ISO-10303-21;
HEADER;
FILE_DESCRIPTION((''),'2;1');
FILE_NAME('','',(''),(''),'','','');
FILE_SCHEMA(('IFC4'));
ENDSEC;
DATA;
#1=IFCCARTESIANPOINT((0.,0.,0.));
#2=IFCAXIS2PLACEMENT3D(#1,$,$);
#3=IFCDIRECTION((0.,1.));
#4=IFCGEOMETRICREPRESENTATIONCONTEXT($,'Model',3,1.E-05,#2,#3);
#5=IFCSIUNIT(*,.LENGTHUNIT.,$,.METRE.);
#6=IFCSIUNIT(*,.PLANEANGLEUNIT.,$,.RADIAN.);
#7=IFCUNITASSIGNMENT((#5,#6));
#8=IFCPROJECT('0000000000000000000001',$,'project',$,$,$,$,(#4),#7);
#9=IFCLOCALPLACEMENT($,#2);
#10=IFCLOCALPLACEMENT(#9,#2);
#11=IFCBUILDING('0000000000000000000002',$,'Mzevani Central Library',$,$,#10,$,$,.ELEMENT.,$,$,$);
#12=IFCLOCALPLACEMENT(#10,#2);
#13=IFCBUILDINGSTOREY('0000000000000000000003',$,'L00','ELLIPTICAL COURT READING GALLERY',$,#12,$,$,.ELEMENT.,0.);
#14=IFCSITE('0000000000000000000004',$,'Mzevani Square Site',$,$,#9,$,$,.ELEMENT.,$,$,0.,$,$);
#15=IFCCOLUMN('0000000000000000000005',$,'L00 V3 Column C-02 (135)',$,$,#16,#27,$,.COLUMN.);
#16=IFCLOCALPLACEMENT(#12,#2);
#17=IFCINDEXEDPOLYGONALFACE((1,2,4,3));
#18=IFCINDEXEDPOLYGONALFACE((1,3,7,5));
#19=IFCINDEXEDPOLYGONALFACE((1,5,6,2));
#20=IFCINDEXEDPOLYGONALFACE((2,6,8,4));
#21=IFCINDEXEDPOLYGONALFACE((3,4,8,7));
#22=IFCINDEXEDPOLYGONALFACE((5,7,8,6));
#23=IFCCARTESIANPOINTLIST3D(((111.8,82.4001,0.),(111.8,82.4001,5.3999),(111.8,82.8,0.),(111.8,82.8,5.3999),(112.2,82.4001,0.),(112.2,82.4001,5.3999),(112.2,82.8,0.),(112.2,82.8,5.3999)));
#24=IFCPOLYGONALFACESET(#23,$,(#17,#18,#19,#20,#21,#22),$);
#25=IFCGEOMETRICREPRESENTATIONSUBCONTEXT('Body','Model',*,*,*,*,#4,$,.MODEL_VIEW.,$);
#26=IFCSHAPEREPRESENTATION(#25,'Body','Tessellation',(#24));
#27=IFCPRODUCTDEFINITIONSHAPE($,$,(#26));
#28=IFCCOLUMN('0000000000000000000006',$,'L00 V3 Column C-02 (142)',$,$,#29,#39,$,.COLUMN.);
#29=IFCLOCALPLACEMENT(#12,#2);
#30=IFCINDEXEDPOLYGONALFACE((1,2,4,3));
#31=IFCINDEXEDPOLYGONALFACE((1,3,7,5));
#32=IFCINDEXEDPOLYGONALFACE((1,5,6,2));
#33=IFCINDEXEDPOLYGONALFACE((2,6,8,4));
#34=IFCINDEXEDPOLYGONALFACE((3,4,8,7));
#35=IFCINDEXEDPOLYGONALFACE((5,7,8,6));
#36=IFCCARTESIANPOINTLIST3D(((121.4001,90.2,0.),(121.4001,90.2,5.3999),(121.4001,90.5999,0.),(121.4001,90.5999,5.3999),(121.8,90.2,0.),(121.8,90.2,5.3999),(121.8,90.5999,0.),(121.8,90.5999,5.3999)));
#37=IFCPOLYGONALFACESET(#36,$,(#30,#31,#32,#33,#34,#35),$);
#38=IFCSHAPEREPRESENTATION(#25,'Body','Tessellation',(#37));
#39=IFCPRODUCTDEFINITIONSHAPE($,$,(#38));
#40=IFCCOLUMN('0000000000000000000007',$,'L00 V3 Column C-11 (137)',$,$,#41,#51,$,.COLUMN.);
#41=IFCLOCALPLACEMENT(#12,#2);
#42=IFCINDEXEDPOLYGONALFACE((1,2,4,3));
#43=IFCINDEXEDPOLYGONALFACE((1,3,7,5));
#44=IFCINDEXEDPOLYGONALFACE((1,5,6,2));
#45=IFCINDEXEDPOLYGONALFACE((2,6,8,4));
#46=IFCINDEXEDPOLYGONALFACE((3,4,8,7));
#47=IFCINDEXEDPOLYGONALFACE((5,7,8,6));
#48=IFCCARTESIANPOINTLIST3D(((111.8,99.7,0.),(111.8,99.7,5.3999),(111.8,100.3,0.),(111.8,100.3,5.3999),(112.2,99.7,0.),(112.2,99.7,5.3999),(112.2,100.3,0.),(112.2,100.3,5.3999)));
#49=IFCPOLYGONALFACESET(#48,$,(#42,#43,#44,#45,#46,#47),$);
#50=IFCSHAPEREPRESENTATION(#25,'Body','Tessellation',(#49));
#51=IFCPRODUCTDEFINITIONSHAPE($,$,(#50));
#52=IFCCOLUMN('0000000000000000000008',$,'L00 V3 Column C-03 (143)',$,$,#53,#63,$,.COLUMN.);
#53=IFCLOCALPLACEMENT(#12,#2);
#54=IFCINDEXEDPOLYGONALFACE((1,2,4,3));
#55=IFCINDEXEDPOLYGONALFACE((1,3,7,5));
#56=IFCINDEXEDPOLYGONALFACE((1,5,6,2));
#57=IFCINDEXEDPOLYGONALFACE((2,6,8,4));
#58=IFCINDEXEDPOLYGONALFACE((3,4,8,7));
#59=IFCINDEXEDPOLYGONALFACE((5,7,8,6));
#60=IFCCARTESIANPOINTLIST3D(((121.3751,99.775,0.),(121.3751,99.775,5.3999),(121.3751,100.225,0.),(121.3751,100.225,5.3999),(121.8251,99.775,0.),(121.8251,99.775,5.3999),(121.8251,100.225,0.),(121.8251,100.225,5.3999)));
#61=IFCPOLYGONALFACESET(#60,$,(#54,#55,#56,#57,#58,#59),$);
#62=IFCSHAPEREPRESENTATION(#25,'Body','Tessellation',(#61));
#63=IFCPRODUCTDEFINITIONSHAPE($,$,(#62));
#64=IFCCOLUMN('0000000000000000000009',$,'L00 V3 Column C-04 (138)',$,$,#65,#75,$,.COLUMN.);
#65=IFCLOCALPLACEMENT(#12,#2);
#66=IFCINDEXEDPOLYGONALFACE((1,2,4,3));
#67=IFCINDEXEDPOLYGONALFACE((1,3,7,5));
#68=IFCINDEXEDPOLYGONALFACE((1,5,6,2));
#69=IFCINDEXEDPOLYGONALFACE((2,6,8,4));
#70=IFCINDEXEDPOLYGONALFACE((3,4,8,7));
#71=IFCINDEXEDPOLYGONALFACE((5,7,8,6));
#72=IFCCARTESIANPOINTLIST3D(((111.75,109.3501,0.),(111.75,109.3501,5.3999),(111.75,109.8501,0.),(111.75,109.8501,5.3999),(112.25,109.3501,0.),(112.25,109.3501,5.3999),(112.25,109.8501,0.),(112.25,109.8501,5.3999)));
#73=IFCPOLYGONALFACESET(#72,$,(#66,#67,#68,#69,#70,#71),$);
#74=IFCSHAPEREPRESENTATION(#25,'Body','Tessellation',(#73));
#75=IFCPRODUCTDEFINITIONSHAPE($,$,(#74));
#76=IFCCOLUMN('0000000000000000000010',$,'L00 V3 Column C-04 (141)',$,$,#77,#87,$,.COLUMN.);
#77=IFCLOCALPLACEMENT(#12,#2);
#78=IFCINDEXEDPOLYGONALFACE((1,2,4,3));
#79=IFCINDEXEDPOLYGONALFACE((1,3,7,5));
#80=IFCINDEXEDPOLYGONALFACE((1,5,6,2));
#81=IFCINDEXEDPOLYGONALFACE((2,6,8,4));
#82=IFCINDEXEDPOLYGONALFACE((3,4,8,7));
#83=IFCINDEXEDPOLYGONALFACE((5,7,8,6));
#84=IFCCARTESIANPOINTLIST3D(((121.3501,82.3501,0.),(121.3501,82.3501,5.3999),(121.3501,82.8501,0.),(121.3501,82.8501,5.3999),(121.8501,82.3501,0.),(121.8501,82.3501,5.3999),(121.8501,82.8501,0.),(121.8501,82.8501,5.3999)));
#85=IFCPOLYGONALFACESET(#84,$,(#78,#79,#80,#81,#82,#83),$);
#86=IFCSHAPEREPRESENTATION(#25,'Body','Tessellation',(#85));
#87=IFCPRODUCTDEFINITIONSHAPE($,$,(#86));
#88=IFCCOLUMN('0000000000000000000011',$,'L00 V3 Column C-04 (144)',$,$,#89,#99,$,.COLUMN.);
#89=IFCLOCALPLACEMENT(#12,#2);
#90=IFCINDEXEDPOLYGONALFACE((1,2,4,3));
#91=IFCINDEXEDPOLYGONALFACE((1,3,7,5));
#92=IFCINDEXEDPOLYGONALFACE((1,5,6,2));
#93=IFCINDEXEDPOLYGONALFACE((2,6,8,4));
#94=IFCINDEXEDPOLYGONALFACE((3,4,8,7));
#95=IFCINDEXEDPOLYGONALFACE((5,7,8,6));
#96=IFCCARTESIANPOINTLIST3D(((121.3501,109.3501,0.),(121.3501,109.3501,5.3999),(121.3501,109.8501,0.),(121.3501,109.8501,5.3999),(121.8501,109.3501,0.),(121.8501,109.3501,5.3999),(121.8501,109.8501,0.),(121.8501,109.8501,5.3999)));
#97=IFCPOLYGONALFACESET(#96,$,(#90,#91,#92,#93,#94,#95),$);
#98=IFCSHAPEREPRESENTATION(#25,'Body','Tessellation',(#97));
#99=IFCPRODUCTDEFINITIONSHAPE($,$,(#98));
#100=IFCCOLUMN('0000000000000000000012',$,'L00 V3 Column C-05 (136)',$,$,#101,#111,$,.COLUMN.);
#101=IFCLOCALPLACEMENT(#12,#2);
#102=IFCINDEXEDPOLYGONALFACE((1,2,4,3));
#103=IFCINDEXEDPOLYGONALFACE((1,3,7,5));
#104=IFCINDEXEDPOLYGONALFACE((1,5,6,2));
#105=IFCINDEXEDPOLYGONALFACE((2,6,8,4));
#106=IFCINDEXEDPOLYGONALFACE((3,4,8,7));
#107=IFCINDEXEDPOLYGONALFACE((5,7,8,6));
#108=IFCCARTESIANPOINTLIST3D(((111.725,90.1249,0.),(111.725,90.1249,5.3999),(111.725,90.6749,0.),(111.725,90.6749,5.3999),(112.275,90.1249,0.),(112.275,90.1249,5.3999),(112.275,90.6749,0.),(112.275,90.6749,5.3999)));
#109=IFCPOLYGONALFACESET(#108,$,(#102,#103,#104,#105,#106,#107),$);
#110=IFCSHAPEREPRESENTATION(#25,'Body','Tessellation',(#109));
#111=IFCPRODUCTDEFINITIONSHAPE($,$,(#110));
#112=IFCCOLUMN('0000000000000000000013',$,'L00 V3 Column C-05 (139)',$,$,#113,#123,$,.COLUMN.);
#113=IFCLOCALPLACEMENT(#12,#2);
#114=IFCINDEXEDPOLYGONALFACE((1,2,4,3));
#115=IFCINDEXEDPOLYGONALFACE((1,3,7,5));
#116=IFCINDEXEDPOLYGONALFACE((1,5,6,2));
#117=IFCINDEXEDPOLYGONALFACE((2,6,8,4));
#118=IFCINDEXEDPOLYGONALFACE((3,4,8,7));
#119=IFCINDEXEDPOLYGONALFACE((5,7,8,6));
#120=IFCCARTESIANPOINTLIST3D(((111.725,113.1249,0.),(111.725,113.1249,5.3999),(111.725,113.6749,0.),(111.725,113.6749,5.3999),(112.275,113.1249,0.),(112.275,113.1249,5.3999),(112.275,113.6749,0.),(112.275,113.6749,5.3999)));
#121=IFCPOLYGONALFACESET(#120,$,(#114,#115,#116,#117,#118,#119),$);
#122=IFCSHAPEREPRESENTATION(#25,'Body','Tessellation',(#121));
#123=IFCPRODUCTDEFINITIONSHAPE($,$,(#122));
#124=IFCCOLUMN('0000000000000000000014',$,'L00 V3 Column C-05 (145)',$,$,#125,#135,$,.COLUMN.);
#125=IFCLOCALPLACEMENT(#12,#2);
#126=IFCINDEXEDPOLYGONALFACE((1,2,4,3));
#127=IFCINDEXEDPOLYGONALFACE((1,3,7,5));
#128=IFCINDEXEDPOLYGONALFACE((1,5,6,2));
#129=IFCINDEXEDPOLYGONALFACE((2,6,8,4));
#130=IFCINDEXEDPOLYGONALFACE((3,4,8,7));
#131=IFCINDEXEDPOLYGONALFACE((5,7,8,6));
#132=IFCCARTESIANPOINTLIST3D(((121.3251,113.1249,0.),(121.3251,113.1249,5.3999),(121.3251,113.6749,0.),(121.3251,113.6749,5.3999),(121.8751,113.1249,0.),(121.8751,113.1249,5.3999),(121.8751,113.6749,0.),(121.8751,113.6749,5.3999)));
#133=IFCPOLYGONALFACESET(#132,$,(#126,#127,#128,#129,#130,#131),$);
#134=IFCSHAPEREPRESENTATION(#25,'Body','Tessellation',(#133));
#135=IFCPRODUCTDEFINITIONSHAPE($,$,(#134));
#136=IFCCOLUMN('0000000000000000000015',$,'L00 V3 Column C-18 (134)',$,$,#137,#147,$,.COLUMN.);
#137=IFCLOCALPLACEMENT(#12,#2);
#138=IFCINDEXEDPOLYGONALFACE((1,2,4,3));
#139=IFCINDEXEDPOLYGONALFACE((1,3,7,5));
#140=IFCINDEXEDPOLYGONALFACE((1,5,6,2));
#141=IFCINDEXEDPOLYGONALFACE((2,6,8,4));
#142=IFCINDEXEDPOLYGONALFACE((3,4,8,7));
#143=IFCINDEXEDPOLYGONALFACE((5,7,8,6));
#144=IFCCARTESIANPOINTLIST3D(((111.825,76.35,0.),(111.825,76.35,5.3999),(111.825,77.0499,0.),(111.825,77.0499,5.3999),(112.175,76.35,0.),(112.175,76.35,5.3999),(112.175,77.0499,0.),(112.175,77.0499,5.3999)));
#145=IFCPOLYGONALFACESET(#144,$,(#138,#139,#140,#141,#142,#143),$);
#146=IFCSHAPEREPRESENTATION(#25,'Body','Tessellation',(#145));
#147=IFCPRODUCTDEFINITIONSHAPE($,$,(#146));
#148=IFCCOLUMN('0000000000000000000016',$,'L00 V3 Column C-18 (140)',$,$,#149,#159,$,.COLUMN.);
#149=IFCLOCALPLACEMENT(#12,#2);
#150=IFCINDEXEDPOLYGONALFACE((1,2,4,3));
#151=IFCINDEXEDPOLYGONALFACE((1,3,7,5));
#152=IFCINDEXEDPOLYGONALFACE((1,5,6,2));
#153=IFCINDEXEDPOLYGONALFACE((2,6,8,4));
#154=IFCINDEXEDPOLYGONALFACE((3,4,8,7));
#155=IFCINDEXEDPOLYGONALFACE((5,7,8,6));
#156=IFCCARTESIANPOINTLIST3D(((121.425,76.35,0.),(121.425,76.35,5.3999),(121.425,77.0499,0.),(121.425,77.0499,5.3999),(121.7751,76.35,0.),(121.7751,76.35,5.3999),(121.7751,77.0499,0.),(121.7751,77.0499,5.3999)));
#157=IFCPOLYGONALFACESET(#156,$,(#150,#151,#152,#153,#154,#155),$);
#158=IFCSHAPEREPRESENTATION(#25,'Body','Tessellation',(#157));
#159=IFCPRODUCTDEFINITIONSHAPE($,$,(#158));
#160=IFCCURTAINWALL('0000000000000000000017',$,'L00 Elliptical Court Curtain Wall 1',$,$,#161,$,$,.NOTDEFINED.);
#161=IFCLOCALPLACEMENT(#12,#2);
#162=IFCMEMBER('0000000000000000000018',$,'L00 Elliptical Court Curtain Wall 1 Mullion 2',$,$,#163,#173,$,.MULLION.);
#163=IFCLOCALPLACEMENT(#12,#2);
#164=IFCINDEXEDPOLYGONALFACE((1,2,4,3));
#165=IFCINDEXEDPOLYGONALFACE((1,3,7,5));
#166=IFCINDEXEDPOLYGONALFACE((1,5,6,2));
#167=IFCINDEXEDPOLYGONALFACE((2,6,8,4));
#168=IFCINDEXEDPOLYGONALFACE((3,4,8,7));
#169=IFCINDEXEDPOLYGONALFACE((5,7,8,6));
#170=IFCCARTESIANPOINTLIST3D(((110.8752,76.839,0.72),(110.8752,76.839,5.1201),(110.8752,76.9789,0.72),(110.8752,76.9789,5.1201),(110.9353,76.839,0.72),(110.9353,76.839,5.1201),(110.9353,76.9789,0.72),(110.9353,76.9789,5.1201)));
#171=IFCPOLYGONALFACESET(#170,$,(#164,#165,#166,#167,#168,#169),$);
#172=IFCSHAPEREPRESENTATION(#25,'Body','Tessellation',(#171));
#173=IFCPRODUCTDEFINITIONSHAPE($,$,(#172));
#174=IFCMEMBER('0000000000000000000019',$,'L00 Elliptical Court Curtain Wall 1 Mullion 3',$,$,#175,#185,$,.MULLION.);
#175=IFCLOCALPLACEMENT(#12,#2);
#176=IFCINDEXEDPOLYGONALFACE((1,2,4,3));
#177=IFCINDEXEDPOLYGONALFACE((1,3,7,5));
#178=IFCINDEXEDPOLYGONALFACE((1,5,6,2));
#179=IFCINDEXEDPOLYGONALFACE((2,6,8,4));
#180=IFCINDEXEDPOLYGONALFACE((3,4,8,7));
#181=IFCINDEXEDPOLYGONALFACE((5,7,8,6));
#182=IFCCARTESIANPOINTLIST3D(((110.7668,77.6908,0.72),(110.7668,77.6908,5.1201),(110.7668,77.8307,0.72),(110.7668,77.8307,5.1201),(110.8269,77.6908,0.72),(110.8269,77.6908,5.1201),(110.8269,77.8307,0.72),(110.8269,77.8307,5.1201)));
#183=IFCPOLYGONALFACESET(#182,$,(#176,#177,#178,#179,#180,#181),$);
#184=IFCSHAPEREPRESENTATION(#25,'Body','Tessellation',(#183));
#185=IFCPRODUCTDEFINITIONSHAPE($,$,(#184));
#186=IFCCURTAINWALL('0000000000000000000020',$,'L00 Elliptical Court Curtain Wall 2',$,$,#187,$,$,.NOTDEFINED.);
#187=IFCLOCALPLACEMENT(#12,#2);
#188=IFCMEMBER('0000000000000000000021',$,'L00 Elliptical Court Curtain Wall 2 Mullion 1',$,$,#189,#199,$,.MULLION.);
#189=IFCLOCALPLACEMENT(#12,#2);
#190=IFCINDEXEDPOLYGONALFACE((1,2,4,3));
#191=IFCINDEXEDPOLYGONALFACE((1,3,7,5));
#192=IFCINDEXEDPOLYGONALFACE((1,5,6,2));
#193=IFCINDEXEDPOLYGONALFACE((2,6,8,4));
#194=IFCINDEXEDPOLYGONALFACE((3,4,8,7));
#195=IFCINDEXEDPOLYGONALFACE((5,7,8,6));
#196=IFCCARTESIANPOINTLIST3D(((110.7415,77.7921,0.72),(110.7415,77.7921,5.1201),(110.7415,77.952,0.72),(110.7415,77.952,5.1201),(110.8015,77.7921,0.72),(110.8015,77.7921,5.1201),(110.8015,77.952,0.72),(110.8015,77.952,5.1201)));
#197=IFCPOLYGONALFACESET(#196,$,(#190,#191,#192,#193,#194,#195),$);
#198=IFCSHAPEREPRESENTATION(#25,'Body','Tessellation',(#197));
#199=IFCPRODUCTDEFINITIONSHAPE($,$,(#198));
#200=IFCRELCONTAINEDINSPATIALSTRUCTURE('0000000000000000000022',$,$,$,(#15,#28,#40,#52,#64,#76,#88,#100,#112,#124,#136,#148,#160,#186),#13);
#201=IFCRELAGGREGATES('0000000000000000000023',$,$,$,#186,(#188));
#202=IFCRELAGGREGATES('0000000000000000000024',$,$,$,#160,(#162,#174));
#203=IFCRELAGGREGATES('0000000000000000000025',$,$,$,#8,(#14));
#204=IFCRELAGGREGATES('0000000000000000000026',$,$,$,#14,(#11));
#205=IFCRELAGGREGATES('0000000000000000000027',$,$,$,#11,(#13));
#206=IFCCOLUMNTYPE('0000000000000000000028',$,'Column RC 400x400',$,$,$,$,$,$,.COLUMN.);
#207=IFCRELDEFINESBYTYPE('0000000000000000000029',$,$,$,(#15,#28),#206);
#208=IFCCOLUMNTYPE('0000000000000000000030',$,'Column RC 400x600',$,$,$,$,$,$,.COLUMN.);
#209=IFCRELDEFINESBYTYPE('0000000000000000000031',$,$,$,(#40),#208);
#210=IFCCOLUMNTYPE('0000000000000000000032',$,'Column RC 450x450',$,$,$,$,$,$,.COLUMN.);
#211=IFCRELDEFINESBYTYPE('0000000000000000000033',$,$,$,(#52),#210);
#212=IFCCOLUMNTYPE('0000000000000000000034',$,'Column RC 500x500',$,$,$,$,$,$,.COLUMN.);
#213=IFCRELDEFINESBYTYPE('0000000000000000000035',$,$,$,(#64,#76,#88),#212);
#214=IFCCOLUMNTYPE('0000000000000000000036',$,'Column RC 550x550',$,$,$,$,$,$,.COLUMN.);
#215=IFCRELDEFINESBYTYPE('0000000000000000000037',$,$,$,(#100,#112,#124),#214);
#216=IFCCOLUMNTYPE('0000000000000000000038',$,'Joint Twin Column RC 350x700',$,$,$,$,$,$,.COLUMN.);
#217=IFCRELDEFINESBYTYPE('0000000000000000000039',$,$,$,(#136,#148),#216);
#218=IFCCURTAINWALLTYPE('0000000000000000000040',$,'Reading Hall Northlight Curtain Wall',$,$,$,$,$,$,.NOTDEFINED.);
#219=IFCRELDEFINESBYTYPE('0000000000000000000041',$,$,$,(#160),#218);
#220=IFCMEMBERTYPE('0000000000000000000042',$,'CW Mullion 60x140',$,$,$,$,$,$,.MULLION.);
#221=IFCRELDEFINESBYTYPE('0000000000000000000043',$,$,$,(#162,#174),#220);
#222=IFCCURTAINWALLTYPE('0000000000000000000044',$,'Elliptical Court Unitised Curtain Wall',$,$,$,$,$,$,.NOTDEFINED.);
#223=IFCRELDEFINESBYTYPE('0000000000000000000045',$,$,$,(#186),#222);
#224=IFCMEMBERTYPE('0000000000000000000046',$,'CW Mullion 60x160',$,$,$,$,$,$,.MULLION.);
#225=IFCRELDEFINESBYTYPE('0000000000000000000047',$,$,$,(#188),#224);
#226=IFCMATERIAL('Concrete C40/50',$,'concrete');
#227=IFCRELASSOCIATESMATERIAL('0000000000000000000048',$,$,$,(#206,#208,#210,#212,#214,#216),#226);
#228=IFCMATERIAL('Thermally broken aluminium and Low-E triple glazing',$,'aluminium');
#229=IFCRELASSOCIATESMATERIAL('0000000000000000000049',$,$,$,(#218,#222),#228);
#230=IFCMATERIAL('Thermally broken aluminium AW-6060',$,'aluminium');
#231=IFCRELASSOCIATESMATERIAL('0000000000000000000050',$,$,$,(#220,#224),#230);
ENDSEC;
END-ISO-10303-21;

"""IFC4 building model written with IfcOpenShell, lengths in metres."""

from ifc_helpers import new_model, si_unit, direction, frame, origin, origin_2d, place, context, subcontext, project, spatial, rectangle, extrude, material, material_profile, profile_set, type_object, element, aggregate, save


model = new_model("IFC4")

# Units and contexts
model_context = context("Model", 3, precision=1e-05, world=origin(), true_north=direction((0.0, 1.0)))
body_context = subcontext(model_context, "Body", "Model", "MODEL_VIEW")
ifc_project = project(units=[si_unit("LENGTHUNIT", "METRE"), si_unit("PLANEANGLEUNIT", "RADIAN")], contexts=[model_context])

# Site, building, storey
site_placement = place(None, origin())
site = spatial("IfcSite", under=ifc_project, at=site_placement, Name="Mzevani Square Site", CompositionType="ELEMENT", RefElevation=0.0)
building_placement = place(site_placement, origin())
building = spatial("IfcBuilding", under=site, at=building_placement, Name="Mzevani Central Library", CompositionType="ELEMENT")
storey_placement = place(building_placement, origin())
storey = spatial("IfcBuildingStorey", under=building, at=storey_placement, Name="L00", Description="ELLIPTICAL COURT READING GALLERY", CompositionType="ELEMENT", Elevation=0.0)

# Columns
ifc_material_1 = material(Name="Concrete C40/50", Category="concrete")
ifc_material_profile_1 = material_profile(ifc_material_1, rectangle(XDim=0.3999, YDim=0.3999, at=origin_2d()), Name="RC 400x400")
ifc_profile_set_1 = profile_set([ifc_material_profile_1], Name="Concrete C40/50")
column_type_1 = type_object("IfcColumnType", Name="Column RC 400x400", PredefinedType="COLUMN", material=ifc_profile_set_1)
for number, where, z_axis, x_axis, name in (
    (1, (112.0, 82.6001, 0.0), (0.0, 0.0, 1.0), (1.0, 0.0, 0.0), "L00 V3 Column C-02 (135)"),
    (2, (121.6001, 90.3999, 0.0), (0.0, 0.0, 1.0), (1.0, 0.0, 0.0), "L00 V3 Column C-02 (142)"),
):
    element("IfcColumn", number, at=place(storey_placement, frame(where, z_axis=z_axis, x_axis=x_axis)), inside=storey, type_object=column_type_1, Name=name, PredefinedType="COLUMN", context=body_context, shape_type="SweptSolid", body=[
        extrude(rectangle(XDim=0.3999, YDim=0.3999, at=origin_2d()), origin(), (0.0, 0.0, 1.0), 5.3999),
    ])
ifc_material_profile_2 = material_profile(ifc_material_1, rectangle(XDim=0.3999, YDim=0.6001, at=origin_2d()), Name="RC 400x600")
ifc_profile_set_2 = profile_set([ifc_material_profile_2], Name="Concrete C40/50")
column_type_2 = type_object("IfcColumnType", Name="Column RC 400x600", PredefinedType="COLUMN", material=ifc_profile_set_2)
column_1_placement = place(storey_placement, frame((112.0, 100.0, 0.0), z_axis=(0.0, 0.0, 1.0), x_axis=(1.0, 0.0, 0.0)))
element("IfcColumn", 3, at=column_1_placement, inside=storey, type_object=column_type_2, Name="L00 V3 Column C-11 (137)", PredefinedType="COLUMN", context=body_context, shape_type="SweptSolid", body=[
    extrude(rectangle(XDim=0.3999, YDim=0.6001, at=origin_2d()), origin(), (0.0, 0.0, 1.0), 5.3999),
])
ifc_material_profile_3 = material_profile(ifc_material_1, rectangle(XDim=0.45, YDim=0.45, at=origin_2d()), Name="RC 450x450")
ifc_profile_set_3 = profile_set([ifc_material_profile_3], Name="Concrete C40/50")
column_type_3 = type_object("IfcColumnType", Name="Column RC 450x450", PredefinedType="COLUMN", material=ifc_profile_set_3)
column_2_placement = place(storey_placement, frame((121.6001, 100.0, 0.0), z_axis=(0.0, 0.0, 1.0), x_axis=(1.0, 0.0, 0.0)))
element("IfcColumn", 4, at=column_2_placement, inside=storey, type_object=column_type_3, Name="L00 V3 Column C-03 (143)", PredefinedType="COLUMN", context=body_context, shape_type="SweptSolid", body=[
    extrude(rectangle(XDim=0.45, YDim=0.45, at=origin_2d()), origin(), (0.0, 0.0, 1.0), 5.3999),
])
ifc_material_profile_4 = material_profile(ifc_material_1, rectangle(XDim=0.5, YDim=0.5, at=origin_2d()), Name="RC 500x500")
ifc_profile_set_4 = profile_set([ifc_material_profile_4], Name="Concrete C40/50")
column_type_4 = type_object("IfcColumnType", Name="Column RC 500x500", PredefinedType="COLUMN", material=ifc_profile_set_4)
for number, where, z_axis, x_axis, name in (
    (5, (112.0, 109.6001, 0.0), (0.0, 0.0, 1.0), (1.0, 0.0, 0.0), "L00 V3 Column C-04 (138)"),
    (6, (121.6001, 82.6001, 0.0), (0.0, 0.0, 1.0), (1.0, 0.0, 0.0), "L00 V3 Column C-04 (141)"),
    (7, (121.6001, 109.6001, 0.0), (0.0, 0.0, 1.0), (1.0, 0.0, 0.0), "L00 V3 Column C-04 (144)"),
):
    element("IfcColumn", number, at=place(storey_placement, frame(where, z_axis=z_axis, x_axis=x_axis)), inside=storey, type_object=column_type_4, Name=name, PredefinedType="COLUMN", context=body_context, shape_type="SweptSolid", body=[
        extrude(rectangle(XDim=0.5, YDim=0.5, at=origin_2d()), origin(), (0.0, 0.0, 1.0), 5.3999),
    ])
ifc_material_profile_5 = material_profile(ifc_material_1, rectangle(XDim=0.55, YDim=0.55, at=origin_2d()), Name="RC 550x550")
ifc_profile_set_5 = profile_set([ifc_material_profile_5], Name="Concrete C40/50")
column_type_5 = type_object("IfcColumnType", Name="Column RC 550x550", PredefinedType="COLUMN", material=ifc_profile_set_5)
for number, where, z_axis, x_axis, name in (
    (8, (112.0, 90.3999, 0.0), (0.0, 0.0, 1.0), (1.0, 0.0, 0.0), "L00 V3 Column C-05 (136)"),
    (9, (112.0, 113.3999, 0.0), (0.0, 0.0, 1.0), (1.0, 0.0, 0.0), "L00 V3 Column C-05 (139)"),
    (10, (121.6001, 113.3999, 0.0), (0.0, 0.0, 1.0), (1.0, 0.0, 0.0), "L00 V3 Column C-05 (145)"),
):
    element("IfcColumn", number, at=place(storey_placement, frame(where, z_axis=z_axis, x_axis=x_axis)), inside=storey, type_object=column_type_5, Name=name, PredefinedType="COLUMN", context=body_context, shape_type="SweptSolid", body=[
        extrude(rectangle(XDim=0.55, YDim=0.55, at=origin_2d()), origin(), (0.0, 0.0, 1.0), 5.3999),
    ])
ifc_material_profile_6 = material_profile(ifc_material_1, rectangle(XDim=0.3501, YDim=0.7, at=origin_2d()), Name="RC 350x700")
ifc_profile_set_6 = profile_set([ifc_material_profile_6], Name="Concrete C40/50")
column_type_6 = type_object("IfcColumnType", Name="Joint Twin Column RC 350x700", PredefinedType="COLUMN", material=ifc_profile_set_6)
for number, where, z_axis, x_axis, name in (
    (11, (112.0, 76.7, 0.0), (0.0, 0.0, 1.0), (1.0, 0.0, 0.0), "L00 V3 Column C-18 (134)"),
    (12, (121.6001, 76.7, 0.0), (0.0, 0.0, 1.0), (1.0, 0.0, 0.0), "L00 V3 Column C-18 (140)"),
):
    element("IfcColumn", number, at=place(storey_placement, frame(where, z_axis=z_axis, x_axis=x_axis)), inside=storey, type_object=column_type_6, Name=name, PredefinedType="COLUMN", context=body_context, shape_type="SweptSolid", body=[
        extrude(rectangle(XDim=0.3501, YDim=0.7, at=origin_2d()), origin(), (0.0, 0.0, 1.0), 5.3999),
    ])

# Curtain wall, members
ifc_material_2 = material(Name="Thermally broken aluminium and Low-E triple glazing", Category="aluminium")
curtain_wall_type_1 = type_object("IfcCurtainWallType", Name="Reading Hall Northlight Curtain Wall", PredefinedType="NOTDEFINED", material=ifc_material_2)
curtain_wall_1_placement = place(storey_placement, origin())
curtain_wall_1 = element("IfcCurtainWall", 13, at=curtain_wall_1_placement, inside=storey, type_object=curtain_wall_type_1, Name="L00 Elliptical Court Curtain Wall 1", PredefinedType="NOTDEFINED")
ifc_material_3 = material(Name="Thermally broken aluminium AW-6060", Category="aluminium")
ifc_material_profile_7 = material_profile(ifc_material_3, rectangle(XDim=0.0601, YDim=0.1399, at=origin_2d()), Name="ALU M60x140")
ifc_profile_set_7 = profile_set([ifc_material_profile_7], Name="Thermally broken aluminium AW-6060")
member_type_1 = type_object("IfcMemberType", Name="CW Mullion 60x140", PredefinedType="MULLION", material=ifc_profile_set_7)
member_1_placement = place(storey_placement, frame((110.9053, 76.9089, 0.72), z_axis=(0.0, 0.0, 1.0), x_axis=(1.0, 0.0, 0.0)))
member_1 = element("IfcMember", 14, at=member_1_placement, type_object=member_type_1, Name="L00 Elliptical Court Curtain Wall 1 Mullion 2", PredefinedType="MULLION", context=body_context, shape_type="SweptSolid", body=[
    extrude(rectangle(XDim=0.0601, YDim=0.1399, at=origin_2d()), origin(), (0.0, 0.0, 1.0), 4.4001),
])
member_2_placement = place(storey_placement, frame((110.7969, 77.7607, 0.72), z_axis=(0.0, 0.0, 1.0), x_axis=(1.0, 0.0, 0.0)))
member_2 = element("IfcMember", 15, at=member_2_placement, type_object=member_type_1, Name="L00 Elliptical Court Curtain Wall 1 Mullion 3", PredefinedType="MULLION", context=body_context, shape_type="SweptSolid", body=[
    extrude(rectangle(XDim=0.0601, YDim=0.1399, at=origin_2d()), origin(), (0.0, 0.0, 1.0), 4.4001),
])

# Curtain wall, member
curtain_wall_type_2 = type_object("IfcCurtainWallType", Name="Elliptical Court Unitised Curtain Wall", PredefinedType="NOTDEFINED", material=ifc_material_2)
curtain_wall_2_placement = place(storey_placement, origin())
curtain_wall_2 = element("IfcCurtainWall", 16, at=curtain_wall_2_placement, inside=storey, type_object=curtain_wall_type_2, Name="L00 Elliptical Court Curtain Wall 2", PredefinedType="NOTDEFINED")
ifc_material_profile_8 = material_profile(ifc_material_3, rectangle(XDim=0.0601, YDim=0.1599, at=origin_2d()), Name="ALU M60x160")
ifc_profile_set_8 = profile_set([ifc_material_profile_8], Name="Thermally broken aluminium AW-6060")
member_type_2 = type_object("IfcMemberType", Name="CW Mullion 60x160", PredefinedType="MULLION", material=ifc_profile_set_8)
member_3_placement = place(storey_placement, frame((110.7715, 77.8721, 0.72), z_axis=(0.0, 0.0, 1.0), x_axis=(1.0, 0.0, 0.0)))
member_3 = element("IfcMember", 17, at=member_3_placement, type_object=member_type_2, Name="L00 Elliptical Court Curtain Wall 2 Mullion 1", PredefinedType="MULLION", context=body_context, shape_type="SweptSolid", body=[
    extrude(rectangle(XDim=0.0601, YDim=0.1599, at=origin_2d()), origin(), (0.0, 0.0, 1.0), 4.4001),
])

aggregate(curtain_wall_2, [member_3])

aggregate(curtain_wall_1, [member_1, member_2])

save(model, "model.ifc")
